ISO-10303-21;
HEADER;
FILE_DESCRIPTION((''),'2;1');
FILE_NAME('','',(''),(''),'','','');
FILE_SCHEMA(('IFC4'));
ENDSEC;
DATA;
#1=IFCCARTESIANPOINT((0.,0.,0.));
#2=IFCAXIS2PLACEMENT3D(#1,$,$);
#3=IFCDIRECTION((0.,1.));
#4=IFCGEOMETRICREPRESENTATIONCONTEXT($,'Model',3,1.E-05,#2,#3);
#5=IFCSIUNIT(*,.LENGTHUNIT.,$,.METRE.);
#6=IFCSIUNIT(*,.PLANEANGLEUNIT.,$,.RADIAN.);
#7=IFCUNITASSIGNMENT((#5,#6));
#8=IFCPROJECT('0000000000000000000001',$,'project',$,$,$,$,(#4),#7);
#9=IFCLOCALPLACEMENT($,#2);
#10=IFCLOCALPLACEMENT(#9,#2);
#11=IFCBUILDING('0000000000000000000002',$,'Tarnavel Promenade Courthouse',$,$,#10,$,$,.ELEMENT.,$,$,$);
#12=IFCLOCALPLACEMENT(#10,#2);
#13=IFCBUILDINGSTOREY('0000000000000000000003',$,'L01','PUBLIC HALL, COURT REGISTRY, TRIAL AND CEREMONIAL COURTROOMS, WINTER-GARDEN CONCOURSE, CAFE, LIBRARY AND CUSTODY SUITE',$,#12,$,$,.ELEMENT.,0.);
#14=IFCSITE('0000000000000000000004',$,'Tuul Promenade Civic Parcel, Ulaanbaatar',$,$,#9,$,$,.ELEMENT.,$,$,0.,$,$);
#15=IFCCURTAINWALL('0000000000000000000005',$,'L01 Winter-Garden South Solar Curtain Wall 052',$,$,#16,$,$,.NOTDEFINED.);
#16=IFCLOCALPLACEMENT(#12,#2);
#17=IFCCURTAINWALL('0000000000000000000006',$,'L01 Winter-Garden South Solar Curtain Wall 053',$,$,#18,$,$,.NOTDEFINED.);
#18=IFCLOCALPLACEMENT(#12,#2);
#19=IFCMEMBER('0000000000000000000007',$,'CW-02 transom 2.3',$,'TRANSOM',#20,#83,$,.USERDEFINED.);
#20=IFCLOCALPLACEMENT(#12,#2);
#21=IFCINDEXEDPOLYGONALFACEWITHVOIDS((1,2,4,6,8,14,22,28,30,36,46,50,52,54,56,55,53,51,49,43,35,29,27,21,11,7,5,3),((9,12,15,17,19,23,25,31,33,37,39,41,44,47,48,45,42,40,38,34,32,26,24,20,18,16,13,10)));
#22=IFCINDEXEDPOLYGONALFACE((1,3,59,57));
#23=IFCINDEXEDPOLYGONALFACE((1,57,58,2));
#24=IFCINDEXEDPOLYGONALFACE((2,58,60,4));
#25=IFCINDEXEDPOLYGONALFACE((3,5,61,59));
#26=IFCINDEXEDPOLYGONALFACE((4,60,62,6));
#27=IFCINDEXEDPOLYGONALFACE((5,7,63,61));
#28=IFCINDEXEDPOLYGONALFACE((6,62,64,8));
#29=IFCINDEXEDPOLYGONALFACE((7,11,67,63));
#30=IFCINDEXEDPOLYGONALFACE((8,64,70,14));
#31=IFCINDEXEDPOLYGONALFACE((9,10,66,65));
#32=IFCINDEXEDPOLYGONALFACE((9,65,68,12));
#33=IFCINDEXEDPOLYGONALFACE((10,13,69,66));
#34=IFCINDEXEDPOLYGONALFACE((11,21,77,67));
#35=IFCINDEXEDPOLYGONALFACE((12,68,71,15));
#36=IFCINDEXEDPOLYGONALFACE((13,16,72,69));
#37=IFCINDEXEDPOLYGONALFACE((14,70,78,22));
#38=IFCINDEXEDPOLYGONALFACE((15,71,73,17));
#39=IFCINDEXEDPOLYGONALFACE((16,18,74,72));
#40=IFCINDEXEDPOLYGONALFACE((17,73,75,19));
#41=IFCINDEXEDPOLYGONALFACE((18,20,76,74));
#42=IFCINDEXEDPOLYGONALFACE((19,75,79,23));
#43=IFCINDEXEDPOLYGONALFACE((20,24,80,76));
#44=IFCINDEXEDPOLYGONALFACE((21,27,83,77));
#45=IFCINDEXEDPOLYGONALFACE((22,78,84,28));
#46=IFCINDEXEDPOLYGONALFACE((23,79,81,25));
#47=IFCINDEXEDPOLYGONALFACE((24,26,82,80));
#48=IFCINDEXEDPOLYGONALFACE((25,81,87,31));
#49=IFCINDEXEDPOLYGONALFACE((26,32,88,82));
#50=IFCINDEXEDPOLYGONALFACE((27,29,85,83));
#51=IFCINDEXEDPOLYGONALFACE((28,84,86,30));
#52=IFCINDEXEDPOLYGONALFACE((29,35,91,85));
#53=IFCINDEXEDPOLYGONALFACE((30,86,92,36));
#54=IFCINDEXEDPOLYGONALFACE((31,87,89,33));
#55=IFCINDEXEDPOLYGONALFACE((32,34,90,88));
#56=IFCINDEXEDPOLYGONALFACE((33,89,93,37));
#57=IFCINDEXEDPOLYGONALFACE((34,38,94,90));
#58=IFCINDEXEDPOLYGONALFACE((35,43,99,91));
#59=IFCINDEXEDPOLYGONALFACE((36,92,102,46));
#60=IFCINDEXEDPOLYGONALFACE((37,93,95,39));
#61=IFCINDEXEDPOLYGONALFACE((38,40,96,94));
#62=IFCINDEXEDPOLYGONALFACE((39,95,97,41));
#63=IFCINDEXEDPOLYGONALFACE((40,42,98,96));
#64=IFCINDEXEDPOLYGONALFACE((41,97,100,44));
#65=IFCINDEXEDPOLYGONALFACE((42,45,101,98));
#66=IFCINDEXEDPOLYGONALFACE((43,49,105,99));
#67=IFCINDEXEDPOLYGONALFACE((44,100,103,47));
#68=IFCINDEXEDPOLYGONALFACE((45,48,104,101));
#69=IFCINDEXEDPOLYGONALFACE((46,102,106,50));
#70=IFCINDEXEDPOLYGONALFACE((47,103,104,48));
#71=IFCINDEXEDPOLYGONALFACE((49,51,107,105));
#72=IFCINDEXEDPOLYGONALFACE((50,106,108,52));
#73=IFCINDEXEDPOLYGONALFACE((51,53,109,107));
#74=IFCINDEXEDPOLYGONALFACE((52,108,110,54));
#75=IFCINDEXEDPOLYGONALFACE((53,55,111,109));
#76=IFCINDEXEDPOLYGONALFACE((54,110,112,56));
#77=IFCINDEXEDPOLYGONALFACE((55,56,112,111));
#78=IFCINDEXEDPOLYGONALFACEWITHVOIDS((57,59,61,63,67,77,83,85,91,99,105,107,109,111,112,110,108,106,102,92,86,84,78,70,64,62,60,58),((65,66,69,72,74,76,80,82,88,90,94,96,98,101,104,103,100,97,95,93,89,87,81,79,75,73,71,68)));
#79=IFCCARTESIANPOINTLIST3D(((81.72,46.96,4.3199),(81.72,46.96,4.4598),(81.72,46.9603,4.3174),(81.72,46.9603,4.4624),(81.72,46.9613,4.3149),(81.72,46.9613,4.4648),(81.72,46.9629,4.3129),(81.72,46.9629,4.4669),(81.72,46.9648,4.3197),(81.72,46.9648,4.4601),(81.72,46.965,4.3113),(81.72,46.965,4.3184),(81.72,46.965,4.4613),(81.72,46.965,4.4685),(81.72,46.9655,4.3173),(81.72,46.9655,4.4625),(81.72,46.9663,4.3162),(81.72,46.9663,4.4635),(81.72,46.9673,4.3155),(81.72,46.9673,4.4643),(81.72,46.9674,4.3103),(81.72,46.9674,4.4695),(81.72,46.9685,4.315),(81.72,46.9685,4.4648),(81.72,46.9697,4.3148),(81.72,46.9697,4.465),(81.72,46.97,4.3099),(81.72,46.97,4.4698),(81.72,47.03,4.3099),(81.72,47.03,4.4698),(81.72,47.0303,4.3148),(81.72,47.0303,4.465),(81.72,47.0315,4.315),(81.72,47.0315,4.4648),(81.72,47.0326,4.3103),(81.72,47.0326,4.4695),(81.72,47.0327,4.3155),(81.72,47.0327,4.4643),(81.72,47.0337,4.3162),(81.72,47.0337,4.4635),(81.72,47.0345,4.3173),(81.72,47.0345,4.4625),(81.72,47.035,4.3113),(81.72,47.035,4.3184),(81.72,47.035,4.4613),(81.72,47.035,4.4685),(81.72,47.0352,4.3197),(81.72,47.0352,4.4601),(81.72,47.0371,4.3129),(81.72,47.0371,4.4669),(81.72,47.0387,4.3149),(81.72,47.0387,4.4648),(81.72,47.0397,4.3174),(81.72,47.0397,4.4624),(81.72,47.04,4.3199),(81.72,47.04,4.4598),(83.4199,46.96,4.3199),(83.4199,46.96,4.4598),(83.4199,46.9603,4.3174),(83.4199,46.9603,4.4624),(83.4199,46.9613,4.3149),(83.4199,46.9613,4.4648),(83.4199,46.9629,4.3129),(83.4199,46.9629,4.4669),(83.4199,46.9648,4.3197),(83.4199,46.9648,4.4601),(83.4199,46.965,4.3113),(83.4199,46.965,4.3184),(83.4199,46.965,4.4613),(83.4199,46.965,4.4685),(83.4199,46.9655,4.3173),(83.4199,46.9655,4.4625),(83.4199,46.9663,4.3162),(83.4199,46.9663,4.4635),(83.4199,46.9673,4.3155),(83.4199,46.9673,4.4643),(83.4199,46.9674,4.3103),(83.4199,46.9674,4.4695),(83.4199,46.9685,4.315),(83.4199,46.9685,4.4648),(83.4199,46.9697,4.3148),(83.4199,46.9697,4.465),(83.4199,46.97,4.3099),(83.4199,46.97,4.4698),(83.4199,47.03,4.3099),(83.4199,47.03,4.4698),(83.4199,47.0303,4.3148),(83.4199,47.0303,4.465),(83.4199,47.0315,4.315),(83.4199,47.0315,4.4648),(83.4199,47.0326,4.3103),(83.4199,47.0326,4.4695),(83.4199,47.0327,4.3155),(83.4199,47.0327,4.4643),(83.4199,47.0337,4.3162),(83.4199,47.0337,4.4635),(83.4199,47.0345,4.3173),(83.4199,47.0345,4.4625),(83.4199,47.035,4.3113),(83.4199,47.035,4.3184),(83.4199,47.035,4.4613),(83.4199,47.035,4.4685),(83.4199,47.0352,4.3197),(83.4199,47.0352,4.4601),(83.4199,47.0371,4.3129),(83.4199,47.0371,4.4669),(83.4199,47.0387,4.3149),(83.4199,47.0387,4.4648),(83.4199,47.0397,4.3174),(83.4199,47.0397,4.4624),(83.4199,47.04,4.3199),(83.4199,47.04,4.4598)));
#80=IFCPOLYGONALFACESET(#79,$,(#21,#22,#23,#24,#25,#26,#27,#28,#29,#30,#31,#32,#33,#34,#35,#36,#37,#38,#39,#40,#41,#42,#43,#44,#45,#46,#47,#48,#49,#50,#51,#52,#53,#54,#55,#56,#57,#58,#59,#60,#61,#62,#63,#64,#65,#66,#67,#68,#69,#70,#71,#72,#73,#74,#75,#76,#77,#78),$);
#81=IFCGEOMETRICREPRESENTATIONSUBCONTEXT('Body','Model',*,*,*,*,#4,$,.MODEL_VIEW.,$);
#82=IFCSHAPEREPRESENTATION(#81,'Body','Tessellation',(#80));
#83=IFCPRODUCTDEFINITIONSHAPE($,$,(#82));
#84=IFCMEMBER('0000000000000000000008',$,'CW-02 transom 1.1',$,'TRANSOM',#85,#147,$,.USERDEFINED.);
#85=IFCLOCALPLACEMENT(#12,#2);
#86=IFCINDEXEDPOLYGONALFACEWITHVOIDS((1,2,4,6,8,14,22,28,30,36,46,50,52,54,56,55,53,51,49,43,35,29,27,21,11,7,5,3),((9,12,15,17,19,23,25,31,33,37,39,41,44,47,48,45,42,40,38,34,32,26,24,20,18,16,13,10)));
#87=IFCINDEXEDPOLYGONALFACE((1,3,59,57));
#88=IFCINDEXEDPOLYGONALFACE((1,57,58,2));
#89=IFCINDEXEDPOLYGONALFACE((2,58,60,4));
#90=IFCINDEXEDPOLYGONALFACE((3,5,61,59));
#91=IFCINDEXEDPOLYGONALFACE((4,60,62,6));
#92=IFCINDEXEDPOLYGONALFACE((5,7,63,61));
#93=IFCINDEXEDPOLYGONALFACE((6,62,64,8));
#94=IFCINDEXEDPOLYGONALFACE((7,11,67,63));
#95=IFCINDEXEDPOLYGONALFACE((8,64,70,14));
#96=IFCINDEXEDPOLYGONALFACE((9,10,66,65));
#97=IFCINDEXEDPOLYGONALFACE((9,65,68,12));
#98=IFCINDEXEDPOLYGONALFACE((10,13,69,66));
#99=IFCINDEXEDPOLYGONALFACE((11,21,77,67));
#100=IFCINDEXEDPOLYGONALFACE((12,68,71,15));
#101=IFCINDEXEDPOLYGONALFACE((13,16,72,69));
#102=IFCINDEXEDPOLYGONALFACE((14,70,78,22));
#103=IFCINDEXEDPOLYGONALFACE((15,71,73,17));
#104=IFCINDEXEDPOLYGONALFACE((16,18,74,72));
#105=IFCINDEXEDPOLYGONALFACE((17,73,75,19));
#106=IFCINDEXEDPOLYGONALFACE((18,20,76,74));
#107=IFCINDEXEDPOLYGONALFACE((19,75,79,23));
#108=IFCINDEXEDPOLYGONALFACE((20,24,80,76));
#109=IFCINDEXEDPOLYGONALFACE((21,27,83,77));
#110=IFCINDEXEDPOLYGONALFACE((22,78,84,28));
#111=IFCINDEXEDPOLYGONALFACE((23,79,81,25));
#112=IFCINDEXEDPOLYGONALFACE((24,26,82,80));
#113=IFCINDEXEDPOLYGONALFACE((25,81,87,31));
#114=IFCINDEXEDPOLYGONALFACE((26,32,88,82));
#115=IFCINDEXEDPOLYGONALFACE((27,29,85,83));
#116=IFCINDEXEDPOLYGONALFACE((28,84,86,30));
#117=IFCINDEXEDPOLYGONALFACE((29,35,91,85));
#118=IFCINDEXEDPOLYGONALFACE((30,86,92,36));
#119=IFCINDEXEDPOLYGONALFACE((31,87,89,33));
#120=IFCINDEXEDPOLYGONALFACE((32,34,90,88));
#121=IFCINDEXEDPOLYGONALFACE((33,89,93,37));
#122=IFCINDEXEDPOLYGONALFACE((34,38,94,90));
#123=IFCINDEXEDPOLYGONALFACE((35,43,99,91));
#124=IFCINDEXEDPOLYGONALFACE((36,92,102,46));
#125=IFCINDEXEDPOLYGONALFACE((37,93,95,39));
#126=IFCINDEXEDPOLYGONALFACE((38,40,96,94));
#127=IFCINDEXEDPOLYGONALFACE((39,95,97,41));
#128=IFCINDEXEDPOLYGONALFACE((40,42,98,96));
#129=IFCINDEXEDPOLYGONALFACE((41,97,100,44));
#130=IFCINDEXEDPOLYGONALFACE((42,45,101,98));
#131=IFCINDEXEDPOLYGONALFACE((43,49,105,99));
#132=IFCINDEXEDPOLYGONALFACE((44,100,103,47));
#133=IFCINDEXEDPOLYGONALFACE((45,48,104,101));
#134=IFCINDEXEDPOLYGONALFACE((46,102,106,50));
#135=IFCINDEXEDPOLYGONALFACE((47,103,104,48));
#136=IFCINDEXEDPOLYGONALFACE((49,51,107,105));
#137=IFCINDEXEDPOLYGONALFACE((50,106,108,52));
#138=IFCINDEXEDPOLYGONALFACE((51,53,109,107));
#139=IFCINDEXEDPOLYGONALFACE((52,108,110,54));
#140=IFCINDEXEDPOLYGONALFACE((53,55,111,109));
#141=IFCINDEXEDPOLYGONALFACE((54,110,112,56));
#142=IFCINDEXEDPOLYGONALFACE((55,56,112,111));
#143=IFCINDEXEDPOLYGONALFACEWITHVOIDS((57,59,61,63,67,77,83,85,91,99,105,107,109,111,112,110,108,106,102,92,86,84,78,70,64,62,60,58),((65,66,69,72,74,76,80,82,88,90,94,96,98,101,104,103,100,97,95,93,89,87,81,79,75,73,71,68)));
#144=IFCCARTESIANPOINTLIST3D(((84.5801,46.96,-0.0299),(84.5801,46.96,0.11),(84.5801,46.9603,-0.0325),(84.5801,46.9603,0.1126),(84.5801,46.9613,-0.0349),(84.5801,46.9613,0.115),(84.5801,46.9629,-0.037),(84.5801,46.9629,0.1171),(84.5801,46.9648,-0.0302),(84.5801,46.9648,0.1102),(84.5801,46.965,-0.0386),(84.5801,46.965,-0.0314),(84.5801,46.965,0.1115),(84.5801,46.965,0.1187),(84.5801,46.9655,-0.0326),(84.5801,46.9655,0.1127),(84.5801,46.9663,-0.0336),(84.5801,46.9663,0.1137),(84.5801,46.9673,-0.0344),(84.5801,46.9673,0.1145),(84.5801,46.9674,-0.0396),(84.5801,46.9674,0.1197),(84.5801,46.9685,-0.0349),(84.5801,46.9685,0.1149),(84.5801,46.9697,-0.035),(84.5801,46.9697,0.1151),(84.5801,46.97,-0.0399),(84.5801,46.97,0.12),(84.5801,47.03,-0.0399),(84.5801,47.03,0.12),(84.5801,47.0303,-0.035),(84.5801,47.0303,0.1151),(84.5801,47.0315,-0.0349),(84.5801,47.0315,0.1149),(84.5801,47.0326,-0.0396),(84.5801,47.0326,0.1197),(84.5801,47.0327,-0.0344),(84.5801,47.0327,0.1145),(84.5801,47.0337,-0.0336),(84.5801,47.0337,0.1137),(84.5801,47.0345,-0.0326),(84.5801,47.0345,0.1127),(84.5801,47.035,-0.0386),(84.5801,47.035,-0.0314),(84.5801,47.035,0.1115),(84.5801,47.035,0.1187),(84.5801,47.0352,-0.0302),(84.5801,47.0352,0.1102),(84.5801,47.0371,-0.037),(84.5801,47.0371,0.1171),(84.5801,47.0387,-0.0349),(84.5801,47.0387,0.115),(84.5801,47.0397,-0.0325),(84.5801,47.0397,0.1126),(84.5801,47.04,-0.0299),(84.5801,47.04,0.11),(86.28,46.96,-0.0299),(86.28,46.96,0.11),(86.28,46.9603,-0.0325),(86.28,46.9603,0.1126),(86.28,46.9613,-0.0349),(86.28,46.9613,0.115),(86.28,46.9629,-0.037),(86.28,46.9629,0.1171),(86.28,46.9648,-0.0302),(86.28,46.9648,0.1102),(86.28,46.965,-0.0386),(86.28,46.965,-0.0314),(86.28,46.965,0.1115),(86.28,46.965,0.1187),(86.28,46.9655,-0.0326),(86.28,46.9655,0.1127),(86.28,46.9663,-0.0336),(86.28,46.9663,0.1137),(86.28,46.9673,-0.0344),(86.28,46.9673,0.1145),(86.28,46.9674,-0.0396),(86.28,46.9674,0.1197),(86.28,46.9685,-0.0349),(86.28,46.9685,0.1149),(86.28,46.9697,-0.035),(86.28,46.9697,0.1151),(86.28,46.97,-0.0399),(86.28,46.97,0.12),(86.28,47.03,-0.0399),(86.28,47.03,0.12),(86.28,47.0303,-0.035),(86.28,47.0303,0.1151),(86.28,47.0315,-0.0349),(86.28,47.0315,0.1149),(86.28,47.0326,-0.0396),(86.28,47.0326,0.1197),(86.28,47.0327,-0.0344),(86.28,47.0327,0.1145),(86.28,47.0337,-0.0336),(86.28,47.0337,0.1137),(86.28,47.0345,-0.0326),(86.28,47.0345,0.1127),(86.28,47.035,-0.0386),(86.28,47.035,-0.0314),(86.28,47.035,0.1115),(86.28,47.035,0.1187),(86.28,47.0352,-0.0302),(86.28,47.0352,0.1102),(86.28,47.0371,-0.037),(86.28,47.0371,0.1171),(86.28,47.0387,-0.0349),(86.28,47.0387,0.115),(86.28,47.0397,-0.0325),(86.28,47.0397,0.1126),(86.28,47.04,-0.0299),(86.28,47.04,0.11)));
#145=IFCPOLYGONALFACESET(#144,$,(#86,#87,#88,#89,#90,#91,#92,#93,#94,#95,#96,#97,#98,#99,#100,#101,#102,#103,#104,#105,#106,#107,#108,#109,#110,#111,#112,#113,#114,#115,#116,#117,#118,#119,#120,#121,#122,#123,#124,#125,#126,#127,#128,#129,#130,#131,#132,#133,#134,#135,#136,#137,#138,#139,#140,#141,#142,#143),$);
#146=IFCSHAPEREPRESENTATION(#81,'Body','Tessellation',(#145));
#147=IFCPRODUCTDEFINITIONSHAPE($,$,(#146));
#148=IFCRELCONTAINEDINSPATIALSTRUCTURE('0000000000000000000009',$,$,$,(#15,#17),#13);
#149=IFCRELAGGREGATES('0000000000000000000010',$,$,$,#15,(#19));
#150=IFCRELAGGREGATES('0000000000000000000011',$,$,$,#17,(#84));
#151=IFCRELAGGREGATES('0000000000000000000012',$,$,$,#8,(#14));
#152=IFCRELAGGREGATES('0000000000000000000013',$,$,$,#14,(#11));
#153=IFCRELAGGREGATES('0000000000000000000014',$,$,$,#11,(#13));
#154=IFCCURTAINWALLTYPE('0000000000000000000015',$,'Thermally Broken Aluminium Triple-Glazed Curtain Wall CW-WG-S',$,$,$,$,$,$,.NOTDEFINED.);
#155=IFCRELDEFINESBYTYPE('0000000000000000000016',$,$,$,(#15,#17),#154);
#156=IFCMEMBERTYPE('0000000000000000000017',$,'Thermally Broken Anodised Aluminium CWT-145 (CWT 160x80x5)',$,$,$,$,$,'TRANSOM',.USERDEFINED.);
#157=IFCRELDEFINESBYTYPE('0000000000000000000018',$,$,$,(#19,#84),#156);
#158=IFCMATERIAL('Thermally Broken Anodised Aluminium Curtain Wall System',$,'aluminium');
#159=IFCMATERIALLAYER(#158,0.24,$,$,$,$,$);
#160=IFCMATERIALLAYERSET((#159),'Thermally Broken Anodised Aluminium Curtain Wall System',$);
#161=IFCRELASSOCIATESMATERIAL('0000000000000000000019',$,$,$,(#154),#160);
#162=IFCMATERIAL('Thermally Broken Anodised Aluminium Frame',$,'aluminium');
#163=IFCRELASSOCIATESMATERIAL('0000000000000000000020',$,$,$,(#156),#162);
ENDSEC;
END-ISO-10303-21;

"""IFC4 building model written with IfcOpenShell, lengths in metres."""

from ifc_helpers import new_model, si_unit, direction, frame, origin, origin_2d, place, context, subcontext, project, spatial, hollow_rectangle, extrude, material, layer, layer_set, material_profile, profile_set, type_object, element, aggregate, save


model = new_model("IFC4")

# Units and contexts
model_context = context("Model", 3, precision=1e-05, world=origin(), true_north=direction((0.0, 1.0)))
body_context = subcontext(model_context, "Body", "Model", "MODEL_VIEW")
ifc_project = project(units=[si_unit("LENGTHUNIT", "METRE"), si_unit("PLANEANGLEUNIT", "RADIAN")], contexts=[model_context])

# Site, building, storey
site_placement = place(None, origin())
site = spatial("IfcSite", under=ifc_project, at=site_placement, Name="Tuul Promenade Civic Parcel, Ulaanbaatar", CompositionType="ELEMENT", RefElevation=0.0)
building_placement = place(site_placement, origin())
building = spatial("IfcBuilding", under=site, at=building_placement, Name="Tarnavel Promenade Courthouse", CompositionType="ELEMENT")
storey_placement = place(building_placement, origin())
storey = spatial("IfcBuildingStorey", under=building, at=storey_placement, Name="L01", Description="PUBLIC HALL, COURT REGISTRY, TRIAL AND CEREMONIAL COURTROOMS, WINTER-GARDEN CONCOURSE, CAFE, LIBRARY AND CUSTODY SUITE", CompositionType="ELEMENT", Elevation=0.0)

# Shared definitions
ifc_material_1 = material(Name="Thermally Broken Anodised Aluminium Curtain Wall System", Category="aluminium")
ifc_layer_1 = layer(ifc_material_1, 0.24)
ifc_layer_set_1 = layer_set([ifc_layer_1], Name="Thermally Broken Anodised Aluminium Curtain Wall System")
curtain_wall_type = type_object("IfcCurtainWallType", Name="Thermally Broken Aluminium Triple-Glazed Curtain Wall CW-WG-S", PredefinedType="NOTDEFINED", material=ifc_layer_set_1)
ifc_material_2 = material(Name="Thermally Broken Anodised Aluminium Frame", Category="aluminium")

# Curtain wall
curtain_wall_1_placement = place(storey_placement, origin())
curtain_wall_1 = element("IfcCurtainWall", 1, at=curtain_wall_1_placement, inside=storey, type_object=curtain_wall_type, Name="L01 Winter-Garden South Solar Curtain Wall 052", PredefinedType="NOTDEFINED")

# Curtain wall
curtain_wall_2_placement = place(storey_placement, origin())
curtain_wall_2 = element("IfcCurtainWall", 2, at=curtain_wall_2_placement, inside=storey, type_object=curtain_wall_type, Name="L01 Winter-Garden South Solar Curtain Wall 053", PredefinedType="NOTDEFINED")

# Members
ifc_material_profile_1 = material_profile(ifc_material_2, hollow_rectangle(XDim=0.0801, YDim=0.1599, WallThickness=0.0049, InnerFilletRadius=0.0049, OuterFilletRadius=0.01, at=origin_2d()), Name="CWT 160x80x5")
ifc_profile_set_1 = profile_set([ifc_material_profile_1], Name="Thermally Broken Anodised Aluminium Frame")
member_type_1 = type_object("IfcMemberType", Name="Thermally Broken Anodised Aluminium CWT-145 (CWT 160x80x5)", ElementType="TRANSOM", PredefinedType="USERDEFINED", material=ifc_profile_set_1)
member_1_placement = place(storey_placement, frame((81.72, 47.0, 4.3899), z_axis=(1.0, 0.0, 0.0), x_axis=(0.0, 1.0, 0.0)))
member_1 = element("IfcMember", 3, at=member_1_placement, type_object=member_type_1, Name="CW-02 transom 2.3", ObjectType="TRANSOM", PredefinedType="USERDEFINED", context=body_context, shape_type="SweptSolid", body=[
    extrude(hollow_rectangle(XDim=0.0801, YDim=0.1599, WallThickness=0.0049, InnerFilletRadius=0.0049, OuterFilletRadius=0.01, at=origin_2d()), origin(), (0.0, 0.0, 1.0), 1.7),
])
member_2_placement = place(storey_placement, frame((84.5801, 47.0, 0.04), z_axis=(1.0, 0.0, 0.0), x_axis=(0.0, 1.0, 0.0)))
member_2 = element("IfcMember", 4, at=member_2_placement, type_object=member_type_1, Name="CW-02 transom 1.1", ObjectType="TRANSOM", PredefinedType="USERDEFINED", context=body_context, shape_type="SweptSolid", body=[
    extrude(hollow_rectangle(XDim=0.0801, YDim=0.1599, WallThickness=0.0049, InnerFilletRadius=0.0049, OuterFilletRadius=0.01, at=origin_2d()), origin(), (0.0, 0.0, 1.0), 1.7),
])

aggregate(curtain_wall_1, [member_1])
aggregate(curtain_wall_2, [member_2])

save(model, "model.ifc")
